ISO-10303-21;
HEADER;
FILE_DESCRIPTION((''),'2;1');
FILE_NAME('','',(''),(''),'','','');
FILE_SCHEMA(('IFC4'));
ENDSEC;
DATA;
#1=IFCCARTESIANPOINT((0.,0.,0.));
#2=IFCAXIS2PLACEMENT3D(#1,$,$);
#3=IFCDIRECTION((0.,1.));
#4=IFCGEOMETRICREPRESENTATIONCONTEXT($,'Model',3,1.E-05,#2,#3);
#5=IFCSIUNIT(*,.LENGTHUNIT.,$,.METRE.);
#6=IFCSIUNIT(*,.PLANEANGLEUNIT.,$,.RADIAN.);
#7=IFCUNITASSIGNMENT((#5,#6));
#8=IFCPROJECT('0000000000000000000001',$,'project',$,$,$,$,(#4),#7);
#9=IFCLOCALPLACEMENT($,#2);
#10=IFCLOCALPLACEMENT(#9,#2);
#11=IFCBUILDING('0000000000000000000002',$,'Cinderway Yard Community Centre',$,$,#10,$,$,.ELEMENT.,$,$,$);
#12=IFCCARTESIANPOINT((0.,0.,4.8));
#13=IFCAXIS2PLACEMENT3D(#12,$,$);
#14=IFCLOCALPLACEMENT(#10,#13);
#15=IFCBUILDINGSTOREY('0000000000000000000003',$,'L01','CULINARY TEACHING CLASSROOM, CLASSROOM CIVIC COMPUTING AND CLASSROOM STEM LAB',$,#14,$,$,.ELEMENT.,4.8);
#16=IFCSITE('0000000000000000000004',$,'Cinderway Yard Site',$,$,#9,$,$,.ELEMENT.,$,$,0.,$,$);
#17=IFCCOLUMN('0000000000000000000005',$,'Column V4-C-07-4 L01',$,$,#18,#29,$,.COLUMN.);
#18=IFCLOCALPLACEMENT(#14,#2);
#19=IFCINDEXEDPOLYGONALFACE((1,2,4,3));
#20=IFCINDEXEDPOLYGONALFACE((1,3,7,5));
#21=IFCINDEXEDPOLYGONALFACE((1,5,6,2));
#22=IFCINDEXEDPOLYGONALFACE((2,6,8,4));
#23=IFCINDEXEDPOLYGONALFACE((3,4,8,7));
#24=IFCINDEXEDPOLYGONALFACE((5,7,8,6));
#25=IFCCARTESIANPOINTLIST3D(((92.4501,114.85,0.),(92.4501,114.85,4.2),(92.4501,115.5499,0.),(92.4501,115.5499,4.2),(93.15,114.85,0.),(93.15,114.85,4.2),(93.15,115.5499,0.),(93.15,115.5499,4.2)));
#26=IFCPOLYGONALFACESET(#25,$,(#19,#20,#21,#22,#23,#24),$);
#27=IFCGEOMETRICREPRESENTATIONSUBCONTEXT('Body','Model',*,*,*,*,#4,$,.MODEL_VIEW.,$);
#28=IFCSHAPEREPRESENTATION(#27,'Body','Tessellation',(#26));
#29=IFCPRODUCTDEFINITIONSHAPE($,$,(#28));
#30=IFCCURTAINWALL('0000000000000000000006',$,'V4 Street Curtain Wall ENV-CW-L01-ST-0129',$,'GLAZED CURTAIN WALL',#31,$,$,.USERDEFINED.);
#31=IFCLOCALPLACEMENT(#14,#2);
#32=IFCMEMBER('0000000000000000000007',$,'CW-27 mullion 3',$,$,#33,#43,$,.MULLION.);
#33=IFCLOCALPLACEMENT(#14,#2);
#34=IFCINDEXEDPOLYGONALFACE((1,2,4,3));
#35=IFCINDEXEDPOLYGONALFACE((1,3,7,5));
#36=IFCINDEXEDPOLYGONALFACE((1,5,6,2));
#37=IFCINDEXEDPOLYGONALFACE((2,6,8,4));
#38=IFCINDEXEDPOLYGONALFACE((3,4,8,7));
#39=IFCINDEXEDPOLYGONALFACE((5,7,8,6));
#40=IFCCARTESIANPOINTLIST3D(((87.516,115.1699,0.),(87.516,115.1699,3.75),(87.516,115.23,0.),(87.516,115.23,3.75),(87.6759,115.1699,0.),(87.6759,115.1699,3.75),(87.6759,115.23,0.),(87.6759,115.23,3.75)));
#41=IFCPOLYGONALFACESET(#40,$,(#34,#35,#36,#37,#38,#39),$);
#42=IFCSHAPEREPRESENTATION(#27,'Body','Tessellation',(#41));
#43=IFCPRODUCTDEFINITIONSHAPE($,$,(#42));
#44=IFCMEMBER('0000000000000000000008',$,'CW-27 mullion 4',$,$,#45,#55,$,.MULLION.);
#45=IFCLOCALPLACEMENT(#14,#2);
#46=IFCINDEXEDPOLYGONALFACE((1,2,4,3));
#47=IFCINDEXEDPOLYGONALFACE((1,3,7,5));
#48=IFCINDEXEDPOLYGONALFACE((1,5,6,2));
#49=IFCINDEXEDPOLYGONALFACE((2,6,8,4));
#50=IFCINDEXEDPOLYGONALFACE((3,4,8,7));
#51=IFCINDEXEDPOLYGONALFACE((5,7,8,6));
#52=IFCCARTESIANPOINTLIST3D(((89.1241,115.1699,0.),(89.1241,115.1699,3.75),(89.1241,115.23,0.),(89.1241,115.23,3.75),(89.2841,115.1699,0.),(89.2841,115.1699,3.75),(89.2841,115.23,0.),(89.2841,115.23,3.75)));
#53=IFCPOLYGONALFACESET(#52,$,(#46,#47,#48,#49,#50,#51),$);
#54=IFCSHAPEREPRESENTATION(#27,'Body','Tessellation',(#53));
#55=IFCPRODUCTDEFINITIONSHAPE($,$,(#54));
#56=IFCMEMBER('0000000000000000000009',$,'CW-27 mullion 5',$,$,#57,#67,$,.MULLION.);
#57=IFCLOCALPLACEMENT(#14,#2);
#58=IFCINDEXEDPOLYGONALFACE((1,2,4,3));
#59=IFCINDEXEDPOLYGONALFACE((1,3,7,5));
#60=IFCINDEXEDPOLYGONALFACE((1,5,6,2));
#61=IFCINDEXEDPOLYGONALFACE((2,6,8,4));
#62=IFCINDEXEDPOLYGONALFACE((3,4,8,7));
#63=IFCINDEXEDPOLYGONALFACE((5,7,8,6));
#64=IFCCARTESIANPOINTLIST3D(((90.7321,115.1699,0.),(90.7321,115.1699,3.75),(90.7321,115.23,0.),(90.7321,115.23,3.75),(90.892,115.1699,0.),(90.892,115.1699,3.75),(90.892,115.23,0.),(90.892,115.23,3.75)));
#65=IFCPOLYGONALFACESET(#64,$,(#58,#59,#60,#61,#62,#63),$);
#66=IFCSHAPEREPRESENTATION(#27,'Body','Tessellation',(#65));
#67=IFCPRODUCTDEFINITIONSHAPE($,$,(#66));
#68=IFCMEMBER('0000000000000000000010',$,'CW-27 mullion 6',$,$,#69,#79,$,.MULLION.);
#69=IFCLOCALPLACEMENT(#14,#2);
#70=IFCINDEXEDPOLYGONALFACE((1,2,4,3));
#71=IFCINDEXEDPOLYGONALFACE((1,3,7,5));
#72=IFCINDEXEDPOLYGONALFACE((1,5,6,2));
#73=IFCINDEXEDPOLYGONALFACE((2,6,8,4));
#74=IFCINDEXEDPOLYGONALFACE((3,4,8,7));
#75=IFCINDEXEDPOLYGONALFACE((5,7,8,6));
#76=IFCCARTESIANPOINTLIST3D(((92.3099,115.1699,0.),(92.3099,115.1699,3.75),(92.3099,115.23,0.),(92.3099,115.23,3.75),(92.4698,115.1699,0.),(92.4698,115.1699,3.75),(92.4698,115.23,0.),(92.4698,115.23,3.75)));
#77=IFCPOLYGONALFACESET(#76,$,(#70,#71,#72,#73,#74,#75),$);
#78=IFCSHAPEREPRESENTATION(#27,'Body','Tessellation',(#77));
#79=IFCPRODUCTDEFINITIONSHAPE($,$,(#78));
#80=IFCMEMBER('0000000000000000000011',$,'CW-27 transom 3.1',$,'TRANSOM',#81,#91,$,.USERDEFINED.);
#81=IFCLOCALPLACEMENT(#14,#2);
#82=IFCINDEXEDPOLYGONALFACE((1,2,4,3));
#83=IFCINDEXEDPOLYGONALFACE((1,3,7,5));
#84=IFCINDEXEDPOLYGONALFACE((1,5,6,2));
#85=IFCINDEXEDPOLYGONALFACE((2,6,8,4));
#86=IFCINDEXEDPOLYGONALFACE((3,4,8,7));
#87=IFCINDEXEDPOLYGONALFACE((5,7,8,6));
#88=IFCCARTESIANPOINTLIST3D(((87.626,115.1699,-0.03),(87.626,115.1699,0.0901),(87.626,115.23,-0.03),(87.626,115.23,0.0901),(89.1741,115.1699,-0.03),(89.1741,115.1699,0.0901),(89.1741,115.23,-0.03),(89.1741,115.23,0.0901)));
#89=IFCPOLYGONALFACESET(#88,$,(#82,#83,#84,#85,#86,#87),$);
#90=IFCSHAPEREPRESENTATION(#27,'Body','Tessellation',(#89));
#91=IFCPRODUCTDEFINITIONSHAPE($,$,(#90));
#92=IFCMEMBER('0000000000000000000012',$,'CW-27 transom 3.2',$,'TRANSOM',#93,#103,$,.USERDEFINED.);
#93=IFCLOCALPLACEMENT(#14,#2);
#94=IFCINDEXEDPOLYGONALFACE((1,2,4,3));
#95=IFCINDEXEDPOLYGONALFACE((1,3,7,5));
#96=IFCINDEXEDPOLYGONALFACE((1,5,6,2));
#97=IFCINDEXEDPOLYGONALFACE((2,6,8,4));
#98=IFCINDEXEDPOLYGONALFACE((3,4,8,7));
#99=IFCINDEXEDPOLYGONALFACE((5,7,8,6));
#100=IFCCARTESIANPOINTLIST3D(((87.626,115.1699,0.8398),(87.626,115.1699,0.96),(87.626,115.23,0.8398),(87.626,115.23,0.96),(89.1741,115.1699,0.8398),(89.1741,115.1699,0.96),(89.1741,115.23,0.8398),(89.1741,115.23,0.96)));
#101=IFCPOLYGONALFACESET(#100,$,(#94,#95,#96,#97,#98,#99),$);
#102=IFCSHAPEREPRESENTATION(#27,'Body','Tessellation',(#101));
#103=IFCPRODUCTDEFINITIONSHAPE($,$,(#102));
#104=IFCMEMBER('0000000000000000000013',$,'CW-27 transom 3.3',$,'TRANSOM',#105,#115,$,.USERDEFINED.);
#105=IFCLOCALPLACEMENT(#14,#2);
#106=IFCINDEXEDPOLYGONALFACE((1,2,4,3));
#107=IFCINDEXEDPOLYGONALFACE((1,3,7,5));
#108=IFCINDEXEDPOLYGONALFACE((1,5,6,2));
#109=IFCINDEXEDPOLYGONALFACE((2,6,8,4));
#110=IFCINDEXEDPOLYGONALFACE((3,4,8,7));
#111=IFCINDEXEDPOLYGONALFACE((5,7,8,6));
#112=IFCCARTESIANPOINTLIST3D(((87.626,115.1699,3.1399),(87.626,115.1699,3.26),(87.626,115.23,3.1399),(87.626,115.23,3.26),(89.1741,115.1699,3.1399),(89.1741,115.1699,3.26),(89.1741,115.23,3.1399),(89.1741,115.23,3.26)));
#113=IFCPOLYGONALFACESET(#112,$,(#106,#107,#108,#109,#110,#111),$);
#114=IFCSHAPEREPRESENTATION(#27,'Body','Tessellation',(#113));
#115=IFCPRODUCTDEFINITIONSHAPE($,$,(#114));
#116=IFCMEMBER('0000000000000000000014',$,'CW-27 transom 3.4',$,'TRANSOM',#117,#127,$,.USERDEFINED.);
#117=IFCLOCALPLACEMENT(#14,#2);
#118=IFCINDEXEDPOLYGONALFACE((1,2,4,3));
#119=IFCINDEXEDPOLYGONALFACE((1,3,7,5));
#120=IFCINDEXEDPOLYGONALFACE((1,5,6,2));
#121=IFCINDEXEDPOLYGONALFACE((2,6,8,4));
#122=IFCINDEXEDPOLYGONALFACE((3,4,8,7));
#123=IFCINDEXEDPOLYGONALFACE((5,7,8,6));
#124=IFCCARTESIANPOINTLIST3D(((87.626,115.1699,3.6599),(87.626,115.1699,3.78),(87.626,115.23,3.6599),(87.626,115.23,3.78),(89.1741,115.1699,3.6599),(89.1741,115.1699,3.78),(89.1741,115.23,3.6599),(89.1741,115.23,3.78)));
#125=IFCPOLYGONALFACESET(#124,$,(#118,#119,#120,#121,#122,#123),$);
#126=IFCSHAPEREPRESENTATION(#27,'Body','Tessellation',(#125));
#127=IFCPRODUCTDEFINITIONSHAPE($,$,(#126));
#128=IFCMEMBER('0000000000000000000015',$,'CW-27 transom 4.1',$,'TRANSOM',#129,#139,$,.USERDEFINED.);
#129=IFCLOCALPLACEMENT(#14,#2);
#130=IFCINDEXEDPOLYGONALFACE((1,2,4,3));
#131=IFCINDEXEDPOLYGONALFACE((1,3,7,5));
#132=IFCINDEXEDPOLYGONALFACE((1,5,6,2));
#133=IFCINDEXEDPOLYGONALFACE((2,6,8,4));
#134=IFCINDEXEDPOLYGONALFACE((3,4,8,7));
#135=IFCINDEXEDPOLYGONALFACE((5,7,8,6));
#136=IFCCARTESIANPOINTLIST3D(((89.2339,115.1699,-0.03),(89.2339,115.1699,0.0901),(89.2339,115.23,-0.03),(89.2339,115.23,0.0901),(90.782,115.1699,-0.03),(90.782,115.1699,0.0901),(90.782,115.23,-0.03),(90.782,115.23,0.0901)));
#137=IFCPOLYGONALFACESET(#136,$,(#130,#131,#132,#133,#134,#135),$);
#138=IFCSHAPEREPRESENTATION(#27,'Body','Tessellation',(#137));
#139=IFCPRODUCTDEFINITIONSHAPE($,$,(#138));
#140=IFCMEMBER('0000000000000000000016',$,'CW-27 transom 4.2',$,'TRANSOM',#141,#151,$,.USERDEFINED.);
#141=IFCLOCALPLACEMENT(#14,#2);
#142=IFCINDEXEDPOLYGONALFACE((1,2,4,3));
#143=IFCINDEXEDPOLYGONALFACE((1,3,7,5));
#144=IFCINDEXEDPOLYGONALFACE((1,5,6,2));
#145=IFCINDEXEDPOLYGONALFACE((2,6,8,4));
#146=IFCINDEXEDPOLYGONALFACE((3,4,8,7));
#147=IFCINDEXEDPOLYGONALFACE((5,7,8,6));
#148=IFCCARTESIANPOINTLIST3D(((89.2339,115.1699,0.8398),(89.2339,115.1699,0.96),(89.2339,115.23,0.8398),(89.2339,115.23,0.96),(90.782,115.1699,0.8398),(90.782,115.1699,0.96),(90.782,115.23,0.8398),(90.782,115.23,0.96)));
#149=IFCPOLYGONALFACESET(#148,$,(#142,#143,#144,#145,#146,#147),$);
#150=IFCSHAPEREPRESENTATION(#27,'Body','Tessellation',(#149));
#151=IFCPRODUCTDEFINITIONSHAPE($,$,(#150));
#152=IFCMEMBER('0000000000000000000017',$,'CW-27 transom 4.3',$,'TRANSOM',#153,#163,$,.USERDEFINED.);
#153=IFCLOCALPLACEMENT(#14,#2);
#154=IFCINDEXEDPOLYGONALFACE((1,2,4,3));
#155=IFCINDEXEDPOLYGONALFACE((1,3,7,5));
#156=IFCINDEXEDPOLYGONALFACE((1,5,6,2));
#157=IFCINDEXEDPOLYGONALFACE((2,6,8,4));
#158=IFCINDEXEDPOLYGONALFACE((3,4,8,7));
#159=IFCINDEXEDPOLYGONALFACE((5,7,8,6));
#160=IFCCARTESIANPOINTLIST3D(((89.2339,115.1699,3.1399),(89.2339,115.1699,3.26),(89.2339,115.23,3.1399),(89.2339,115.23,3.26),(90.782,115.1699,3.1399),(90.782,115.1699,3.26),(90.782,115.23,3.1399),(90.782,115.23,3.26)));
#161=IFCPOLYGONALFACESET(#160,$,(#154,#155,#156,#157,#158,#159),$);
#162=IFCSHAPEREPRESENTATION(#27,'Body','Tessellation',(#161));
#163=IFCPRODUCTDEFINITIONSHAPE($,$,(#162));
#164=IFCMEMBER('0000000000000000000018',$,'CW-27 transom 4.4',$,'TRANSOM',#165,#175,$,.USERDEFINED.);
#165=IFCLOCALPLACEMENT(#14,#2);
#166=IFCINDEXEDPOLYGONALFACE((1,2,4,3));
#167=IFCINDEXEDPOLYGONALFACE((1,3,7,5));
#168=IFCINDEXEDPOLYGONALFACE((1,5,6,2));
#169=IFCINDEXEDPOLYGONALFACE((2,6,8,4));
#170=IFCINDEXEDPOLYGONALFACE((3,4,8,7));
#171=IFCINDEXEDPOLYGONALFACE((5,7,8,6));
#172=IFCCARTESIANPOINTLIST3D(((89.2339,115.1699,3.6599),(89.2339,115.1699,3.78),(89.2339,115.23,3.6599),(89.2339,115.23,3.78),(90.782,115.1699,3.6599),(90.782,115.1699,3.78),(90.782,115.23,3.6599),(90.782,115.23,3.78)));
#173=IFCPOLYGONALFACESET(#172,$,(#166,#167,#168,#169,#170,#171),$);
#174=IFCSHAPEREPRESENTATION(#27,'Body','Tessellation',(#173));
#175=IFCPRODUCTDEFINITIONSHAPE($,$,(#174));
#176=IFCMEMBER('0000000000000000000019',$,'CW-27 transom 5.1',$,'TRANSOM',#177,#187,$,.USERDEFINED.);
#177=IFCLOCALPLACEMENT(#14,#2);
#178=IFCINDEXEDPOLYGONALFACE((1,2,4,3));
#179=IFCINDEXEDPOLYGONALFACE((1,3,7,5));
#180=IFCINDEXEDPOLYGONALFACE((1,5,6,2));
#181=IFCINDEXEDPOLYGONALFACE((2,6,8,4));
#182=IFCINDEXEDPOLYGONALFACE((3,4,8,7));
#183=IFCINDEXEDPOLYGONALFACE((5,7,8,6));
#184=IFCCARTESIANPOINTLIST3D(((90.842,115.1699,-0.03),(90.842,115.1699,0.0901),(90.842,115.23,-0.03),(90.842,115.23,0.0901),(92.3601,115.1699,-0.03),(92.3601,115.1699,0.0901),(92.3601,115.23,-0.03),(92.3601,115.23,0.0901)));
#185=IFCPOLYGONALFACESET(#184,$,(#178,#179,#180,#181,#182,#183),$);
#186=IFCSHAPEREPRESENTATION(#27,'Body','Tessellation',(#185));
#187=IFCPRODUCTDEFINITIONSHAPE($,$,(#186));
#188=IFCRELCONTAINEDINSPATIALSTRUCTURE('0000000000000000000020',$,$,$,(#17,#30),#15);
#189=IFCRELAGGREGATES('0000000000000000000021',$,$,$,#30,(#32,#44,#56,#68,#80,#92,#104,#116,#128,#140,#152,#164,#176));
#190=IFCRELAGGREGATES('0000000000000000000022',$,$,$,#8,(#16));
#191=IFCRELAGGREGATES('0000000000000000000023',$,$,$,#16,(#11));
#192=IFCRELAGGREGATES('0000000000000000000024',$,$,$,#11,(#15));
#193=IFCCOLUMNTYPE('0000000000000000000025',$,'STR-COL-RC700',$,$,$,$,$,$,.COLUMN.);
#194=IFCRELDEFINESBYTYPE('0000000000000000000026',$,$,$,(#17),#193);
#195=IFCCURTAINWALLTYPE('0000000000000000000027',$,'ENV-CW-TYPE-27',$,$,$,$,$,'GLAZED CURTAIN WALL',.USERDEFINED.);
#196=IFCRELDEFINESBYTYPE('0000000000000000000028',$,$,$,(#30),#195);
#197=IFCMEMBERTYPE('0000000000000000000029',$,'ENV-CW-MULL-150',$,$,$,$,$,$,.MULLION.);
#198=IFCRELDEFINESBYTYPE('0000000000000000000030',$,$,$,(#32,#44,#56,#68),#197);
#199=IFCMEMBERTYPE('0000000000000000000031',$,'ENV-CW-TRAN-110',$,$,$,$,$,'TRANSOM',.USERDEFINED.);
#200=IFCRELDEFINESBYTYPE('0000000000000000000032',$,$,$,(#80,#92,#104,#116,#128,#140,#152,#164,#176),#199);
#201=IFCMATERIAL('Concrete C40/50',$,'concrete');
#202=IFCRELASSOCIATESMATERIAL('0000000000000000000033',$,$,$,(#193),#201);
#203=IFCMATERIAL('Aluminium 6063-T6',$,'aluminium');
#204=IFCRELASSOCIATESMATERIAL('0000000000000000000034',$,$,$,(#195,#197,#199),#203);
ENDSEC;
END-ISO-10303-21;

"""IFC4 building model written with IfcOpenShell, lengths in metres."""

from ifc_helpers import new_model, si_unit, direction, frame, origin, origin_2d, place, context, subcontext, project, spatial, rectangle, extrude, material, material_profile, profile_set, type_object, element, aggregate, save


model = new_model("IFC4")

# Units and contexts
model_context = context("Model", 3, precision=1e-05, world=origin(), true_north=direction((0.0, 1.0)))
body_context = subcontext(model_context, "Body", "Model", "MODEL_VIEW")
ifc_project = project(units=[si_unit("LENGTHUNIT", "METRE"), si_unit("PLANEANGLEUNIT", "RADIAN")], contexts=[model_context])

# Site, building, storey
site_placement = place(None, origin())
site = spatial("IfcSite", under=ifc_project, at=site_placement, Name="Cinderway Yard Site", CompositionType="ELEMENT", RefElevation=0.0)
building_placement = place(site_placement, origin())
building = spatial("IfcBuilding", under=site, at=building_placement, Name="Cinderway Yard Community Centre", CompositionType="ELEMENT")
storey_placement = place(building_placement, frame((0.0, 0.0, 4.8)))
storey = spatial("IfcBuildingStorey", under=building, at=storey_placement, Name="L01", Description="CULINARY TEACHING CLASSROOM, CLASSROOM CIVIC COMPUTING AND CLASSROOM STEM LAB", CompositionType="ELEMENT", Elevation=4.8)

# Column
ifc_material_1 = material(Name="Concrete C40/50", Category="concrete")
ifc_material_profile_1 = material_profile(ifc_material_1, rectangle(XDim=0.7, YDim=0.7, at=origin_2d()), Name="Concrete C40/50")
ifc_profile_set_1 = profile_set([ifc_material_profile_1], Name="Concrete C40/50")
column_type = type_object("IfcColumnType", Name="STR-COL-RC700", PredefinedType="COLUMN", material=ifc_profile_set_1)
column_placement = place(storey_placement, frame((92.8, 115.2, 0.0), z_axis=(0.0, 0.0, 1.0), x_axis=(1.0, 0.0, 0.0)))
element("IfcColumn", 1, at=column_placement, inside=storey, type_object=column_type, Name="Column V4-C-07-4 L01", PredefinedType="COLUMN", context=body_context, shape_type="SweptSolid", body=[
    extrude(rectangle(XDim=0.7, YDim=0.7, at=origin_2d()), origin(), (0.0, 0.0, 1.0), 4.2),
])

# Curtain wall, members
ifc_material_2 = material(Name="Aluminium 6063-T6", Category="aluminium")
curtain_wall_type = type_object("IfcCurtainWallType", Name="ENV-CW-TYPE-27", ElementType="GLAZED CURTAIN WALL", PredefinedType="USERDEFINED", material=ifc_material_2)
curtain_wall_placement = place(storey_placement, origin())
curtain_wall = element("IfcCurtainWall", 2, at=curtain_wall_placement, inside=storey, type_object=curtain_wall_type, Name="V4 Street Curtain Wall ENV-CW-L01-ST-0129", ObjectType="GLAZED CURTAIN WALL", PredefinedType="USERDEFINED")
ifc_material_profile_2 = material_profile(ifc_material_2, rectangle(XDim=0.0601, YDim=0.1599, at=origin_2d()), Name="Aluminium 6063-T6")
ifc_profile_set_2 = profile_set([ifc_material_profile_2], Name="Aluminium 6063-T6")
member_type_1 = type_object("IfcMemberType", Name="ENV-CW-MULL-150", PredefinedType="MULLION", material=ifc_profile_set_2)
member_1_placement = place(storey_placement, frame((87.5959, 115.2, 0.0), z_axis=(0.0, 0.0, 1.0), x_axis=(0.0, 1.0, 0.0)))
member_1 = element("IfcMember", 3, at=member_1_placement, type_object=member_type_1, Name="CW-27 mullion 3", PredefinedType="MULLION", context=body_context, shape_type="SweptSolid", body=[
    extrude(rectangle(XDim=0.0601, YDim=0.1599, at=origin_2d()), origin(), (0.0, 0.0, 1.0), 3.75),
])
member_2_placement = place(storey_placement, frame((89.2041, 115.2, 0.0), z_axis=(0.0, 0.0, 1.0), x_axis=(0.0, 1.0, 0.0)))
member_2 = element("IfcMember", 4, at=member_2_placement, type_object=member_type_1, Name="CW-27 mullion 4", PredefinedType="MULLION", context=body_context, shape_type="SweptSolid", body=[
    extrude(rectangle(XDim=0.0601, YDim=0.1599, at=origin_2d()), origin(), (0.0, 0.0, 1.0), 3.75),
])
member_3_placement = place(storey_placement, frame((90.812, 115.2, 0.0), z_axis=(0.0, 0.0, 1.0), x_axis=(0.0, 1.0, 0.0)))
member_3 = element("IfcMember", 5, at=member_3_placement, type_object=member_type_1, Name="CW-27 mullion 5", PredefinedType="MULLION", context=body_context, shape_type="SweptSolid", body=[
    extrude(rectangle(XDim=0.0601, YDim=0.1599, at=origin_2d()), origin(), (0.0, 0.0, 1.0), 3.75),
])
member_4_placement = place(storey_placement, frame((92.3899, 115.2, 0.0), z_axis=(0.0, 0.0, 1.0), x_axis=(0.0, 1.0, 0.0)))
member_4 = element("IfcMember", 6, at=member_4_placement, type_object=member_type_1, Name="CW-27 mullion 6", PredefinedType="MULLION", context=body_context, shape_type="SweptSolid", body=[
    extrude(rectangle(XDim=0.0601, YDim=0.1599, at=origin_2d()), origin(), (0.0, 0.0, 1.0), 3.75),
])
ifc_material_profile_3 = material_profile(ifc_material_2, rectangle(XDim=0.0601, YDim=0.1201, at=origin_2d()), Name="Aluminium 6063-T6")
ifc_profile_set_3 = profile_set([ifc_material_profile_3], Name="Aluminium 6063-T6")
member_type_2 = type_object("IfcMemberType", Name="ENV-CW-TRAN-110", ElementType="TRANSOM", PredefinedType="USERDEFINED", material=ifc_profile_set_3)
member_5_placement = place(storey_placement, frame((87.626, 115.2, 0.03), z_axis=(1.0, 0.0, 0.0), x_axis=(0.0, 1.0, 0.0)))
member_5 = element("IfcMember", 7, at=member_5_placement, type_object=member_type_2, Name="CW-27 transom 3.1", ObjectType="TRANSOM", PredefinedType="USERDEFINED", context=body_context, shape_type="SweptSolid", body=[
    extrude(rectangle(XDim=0.0601, YDim=0.1201, at=origin_2d()), origin(), (0.0, 0.0, 1.0), 1.5481),
])
member_6_placement = place(storey_placement, frame((87.626, 115.2, 0.8999), z_axis=(1.0, 0.0, 0.0), x_axis=(0.0, 1.0, 0.0)))
member_6 = element("IfcMember", 8, at=member_6_placement, type_object=member_type_2, Name="CW-27 transom 3.2", ObjectType="TRANSOM", PredefinedType="USERDEFINED", context=body_context, shape_type="SweptSolid", body=[
    extrude(rectangle(XDim=0.0601, YDim=0.1201, at=origin_2d()), origin(), (0.0, 0.0, 1.0), 1.5481),
])
member_7_placement = place(storey_placement, frame((87.626, 115.2, 3.2), z_axis=(1.0, 0.0, 0.0), x_axis=(0.0, 1.0, 0.0)))
member_7 = element("IfcMember", 9, at=member_7_placement, type_object=member_type_2, Name="CW-27 transom 3.3", ObjectType="TRANSOM", PredefinedType="USERDEFINED", context=body_context, shape_type="SweptSolid", body=[
    extrude(rectangle(XDim=0.0601, YDim=0.1201, at=origin_2d()), origin(), (0.0, 0.0, 1.0), 1.5481),
])
member_8_placement = place(storey_placement, frame((87.626, 115.2, 3.72), z_axis=(1.0, 0.0, 0.0), x_axis=(0.0, 1.0, 0.0)))
member_8 = element("IfcMember", 10, at=member_8_placement, type_object=member_type_2, Name="CW-27 transom 3.4", ObjectType="TRANSOM", PredefinedType="USERDEFINED", context=body_context, shape_type="SweptSolid", body=[
    extrude(rectangle(XDim=0.0601, YDim=0.1201, at=origin_2d()), origin(), (0.0, 0.0, 1.0), 1.5481),
])
member_9_placement = place(storey_placement, frame((89.2339, 115.2, 0.03), z_axis=(1.0, 0.0, 0.0), x_axis=(0.0, 1.0, 0.0)))
member_9 = element("IfcMember", 11, at=member_9_placement, type_object=member_type_2, Name="CW-27 transom 4.1", ObjectType="TRANSOM", PredefinedType="USERDEFINED", context=body_context, shape_type="SweptSolid", body=[
    extrude(rectangle(XDim=0.0601, YDim=0.1201, at=origin_2d()), origin(), (0.0, 0.0, 1.0), 1.5481),
])
member_10_placement = place(storey_placement, frame((89.2339, 115.2, 0.8999), z_axis=(1.0, 0.0, 0.0), x_axis=(0.0, 1.0, 0.0)))
member_10 = element("IfcMember", 12, at=member_10_placement, type_object=member_type_2, Name="CW-27 transom 4.2", ObjectType="TRANSOM", PredefinedType="USERDEFINED", context=body_context, shape_type="SweptSolid", body=[
    extrude(rectangle(XDim=0.0601, YDim=0.1201, at=origin_2d()), origin(), (0.0, 0.0, 1.0), 1.5481),
])
member_11_placement = place(storey_placement, frame((89.2339, 115.2, 3.2), z_axis=(1.0, 0.0, 0.0), x_axis=(0.0, 1.0, 0.0)))
member_11 = element("IfcMember", 13, at=member_11_placement, type_object=member_type_2, Name="CW-27 transom 4.3", ObjectType="TRANSOM", PredefinedType="USERDEFINED", context=body_context, shape_type="SweptSolid", body=[
    extrude(rectangle(XDim=0.0601, YDim=0.1201, at=origin_2d()), origin(), (0.0, 0.0, 1.0), 1.5481),
])
member_12_placement = place(storey_placement, frame((89.2339, 115.2, 3.72), z_axis=(1.0, 0.0, 0.0), x_axis=(0.0, 1.0, 0.0)))
member_12 = element("IfcMember", 14, at=member_12_placement, type_object=member_type_2, Name="CW-27 transom 4.4", ObjectType="TRANSOM", PredefinedType="USERDEFINED", context=body_context, shape_type="SweptSolid", body=[
    extrude(rectangle(XDim=0.0601, YDim=0.1201, at=origin_2d()), origin(), (0.0, 0.0, 1.0), 1.5481),
])
member_13_placement = place(storey_placement, frame((90.842, 115.2, 0.03), z_axis=(1.0, 0.0, 0.0), x_axis=(0.0, 1.0, 0.0)))
member_13 = element("IfcMember", 15, at=member_13_placement, type_object=member_type_2, Name="CW-27 transom 5.1", ObjectType="TRANSOM", PredefinedType="USERDEFINED", context=body_context, shape_type="SweptSolid", body=[
    extrude(rectangle(XDim=0.0601, YDim=0.1201, at=origin_2d()), origin(), (0.0, 0.0, 1.0), 1.5181),
])

aggregate(curtain_wall, [member_1, member_2, member_3, member_4, member_5, member_6, member_7, member_8, member_9, member_10, member_11, member_12, member_13])

save(model, "model.ifc")
